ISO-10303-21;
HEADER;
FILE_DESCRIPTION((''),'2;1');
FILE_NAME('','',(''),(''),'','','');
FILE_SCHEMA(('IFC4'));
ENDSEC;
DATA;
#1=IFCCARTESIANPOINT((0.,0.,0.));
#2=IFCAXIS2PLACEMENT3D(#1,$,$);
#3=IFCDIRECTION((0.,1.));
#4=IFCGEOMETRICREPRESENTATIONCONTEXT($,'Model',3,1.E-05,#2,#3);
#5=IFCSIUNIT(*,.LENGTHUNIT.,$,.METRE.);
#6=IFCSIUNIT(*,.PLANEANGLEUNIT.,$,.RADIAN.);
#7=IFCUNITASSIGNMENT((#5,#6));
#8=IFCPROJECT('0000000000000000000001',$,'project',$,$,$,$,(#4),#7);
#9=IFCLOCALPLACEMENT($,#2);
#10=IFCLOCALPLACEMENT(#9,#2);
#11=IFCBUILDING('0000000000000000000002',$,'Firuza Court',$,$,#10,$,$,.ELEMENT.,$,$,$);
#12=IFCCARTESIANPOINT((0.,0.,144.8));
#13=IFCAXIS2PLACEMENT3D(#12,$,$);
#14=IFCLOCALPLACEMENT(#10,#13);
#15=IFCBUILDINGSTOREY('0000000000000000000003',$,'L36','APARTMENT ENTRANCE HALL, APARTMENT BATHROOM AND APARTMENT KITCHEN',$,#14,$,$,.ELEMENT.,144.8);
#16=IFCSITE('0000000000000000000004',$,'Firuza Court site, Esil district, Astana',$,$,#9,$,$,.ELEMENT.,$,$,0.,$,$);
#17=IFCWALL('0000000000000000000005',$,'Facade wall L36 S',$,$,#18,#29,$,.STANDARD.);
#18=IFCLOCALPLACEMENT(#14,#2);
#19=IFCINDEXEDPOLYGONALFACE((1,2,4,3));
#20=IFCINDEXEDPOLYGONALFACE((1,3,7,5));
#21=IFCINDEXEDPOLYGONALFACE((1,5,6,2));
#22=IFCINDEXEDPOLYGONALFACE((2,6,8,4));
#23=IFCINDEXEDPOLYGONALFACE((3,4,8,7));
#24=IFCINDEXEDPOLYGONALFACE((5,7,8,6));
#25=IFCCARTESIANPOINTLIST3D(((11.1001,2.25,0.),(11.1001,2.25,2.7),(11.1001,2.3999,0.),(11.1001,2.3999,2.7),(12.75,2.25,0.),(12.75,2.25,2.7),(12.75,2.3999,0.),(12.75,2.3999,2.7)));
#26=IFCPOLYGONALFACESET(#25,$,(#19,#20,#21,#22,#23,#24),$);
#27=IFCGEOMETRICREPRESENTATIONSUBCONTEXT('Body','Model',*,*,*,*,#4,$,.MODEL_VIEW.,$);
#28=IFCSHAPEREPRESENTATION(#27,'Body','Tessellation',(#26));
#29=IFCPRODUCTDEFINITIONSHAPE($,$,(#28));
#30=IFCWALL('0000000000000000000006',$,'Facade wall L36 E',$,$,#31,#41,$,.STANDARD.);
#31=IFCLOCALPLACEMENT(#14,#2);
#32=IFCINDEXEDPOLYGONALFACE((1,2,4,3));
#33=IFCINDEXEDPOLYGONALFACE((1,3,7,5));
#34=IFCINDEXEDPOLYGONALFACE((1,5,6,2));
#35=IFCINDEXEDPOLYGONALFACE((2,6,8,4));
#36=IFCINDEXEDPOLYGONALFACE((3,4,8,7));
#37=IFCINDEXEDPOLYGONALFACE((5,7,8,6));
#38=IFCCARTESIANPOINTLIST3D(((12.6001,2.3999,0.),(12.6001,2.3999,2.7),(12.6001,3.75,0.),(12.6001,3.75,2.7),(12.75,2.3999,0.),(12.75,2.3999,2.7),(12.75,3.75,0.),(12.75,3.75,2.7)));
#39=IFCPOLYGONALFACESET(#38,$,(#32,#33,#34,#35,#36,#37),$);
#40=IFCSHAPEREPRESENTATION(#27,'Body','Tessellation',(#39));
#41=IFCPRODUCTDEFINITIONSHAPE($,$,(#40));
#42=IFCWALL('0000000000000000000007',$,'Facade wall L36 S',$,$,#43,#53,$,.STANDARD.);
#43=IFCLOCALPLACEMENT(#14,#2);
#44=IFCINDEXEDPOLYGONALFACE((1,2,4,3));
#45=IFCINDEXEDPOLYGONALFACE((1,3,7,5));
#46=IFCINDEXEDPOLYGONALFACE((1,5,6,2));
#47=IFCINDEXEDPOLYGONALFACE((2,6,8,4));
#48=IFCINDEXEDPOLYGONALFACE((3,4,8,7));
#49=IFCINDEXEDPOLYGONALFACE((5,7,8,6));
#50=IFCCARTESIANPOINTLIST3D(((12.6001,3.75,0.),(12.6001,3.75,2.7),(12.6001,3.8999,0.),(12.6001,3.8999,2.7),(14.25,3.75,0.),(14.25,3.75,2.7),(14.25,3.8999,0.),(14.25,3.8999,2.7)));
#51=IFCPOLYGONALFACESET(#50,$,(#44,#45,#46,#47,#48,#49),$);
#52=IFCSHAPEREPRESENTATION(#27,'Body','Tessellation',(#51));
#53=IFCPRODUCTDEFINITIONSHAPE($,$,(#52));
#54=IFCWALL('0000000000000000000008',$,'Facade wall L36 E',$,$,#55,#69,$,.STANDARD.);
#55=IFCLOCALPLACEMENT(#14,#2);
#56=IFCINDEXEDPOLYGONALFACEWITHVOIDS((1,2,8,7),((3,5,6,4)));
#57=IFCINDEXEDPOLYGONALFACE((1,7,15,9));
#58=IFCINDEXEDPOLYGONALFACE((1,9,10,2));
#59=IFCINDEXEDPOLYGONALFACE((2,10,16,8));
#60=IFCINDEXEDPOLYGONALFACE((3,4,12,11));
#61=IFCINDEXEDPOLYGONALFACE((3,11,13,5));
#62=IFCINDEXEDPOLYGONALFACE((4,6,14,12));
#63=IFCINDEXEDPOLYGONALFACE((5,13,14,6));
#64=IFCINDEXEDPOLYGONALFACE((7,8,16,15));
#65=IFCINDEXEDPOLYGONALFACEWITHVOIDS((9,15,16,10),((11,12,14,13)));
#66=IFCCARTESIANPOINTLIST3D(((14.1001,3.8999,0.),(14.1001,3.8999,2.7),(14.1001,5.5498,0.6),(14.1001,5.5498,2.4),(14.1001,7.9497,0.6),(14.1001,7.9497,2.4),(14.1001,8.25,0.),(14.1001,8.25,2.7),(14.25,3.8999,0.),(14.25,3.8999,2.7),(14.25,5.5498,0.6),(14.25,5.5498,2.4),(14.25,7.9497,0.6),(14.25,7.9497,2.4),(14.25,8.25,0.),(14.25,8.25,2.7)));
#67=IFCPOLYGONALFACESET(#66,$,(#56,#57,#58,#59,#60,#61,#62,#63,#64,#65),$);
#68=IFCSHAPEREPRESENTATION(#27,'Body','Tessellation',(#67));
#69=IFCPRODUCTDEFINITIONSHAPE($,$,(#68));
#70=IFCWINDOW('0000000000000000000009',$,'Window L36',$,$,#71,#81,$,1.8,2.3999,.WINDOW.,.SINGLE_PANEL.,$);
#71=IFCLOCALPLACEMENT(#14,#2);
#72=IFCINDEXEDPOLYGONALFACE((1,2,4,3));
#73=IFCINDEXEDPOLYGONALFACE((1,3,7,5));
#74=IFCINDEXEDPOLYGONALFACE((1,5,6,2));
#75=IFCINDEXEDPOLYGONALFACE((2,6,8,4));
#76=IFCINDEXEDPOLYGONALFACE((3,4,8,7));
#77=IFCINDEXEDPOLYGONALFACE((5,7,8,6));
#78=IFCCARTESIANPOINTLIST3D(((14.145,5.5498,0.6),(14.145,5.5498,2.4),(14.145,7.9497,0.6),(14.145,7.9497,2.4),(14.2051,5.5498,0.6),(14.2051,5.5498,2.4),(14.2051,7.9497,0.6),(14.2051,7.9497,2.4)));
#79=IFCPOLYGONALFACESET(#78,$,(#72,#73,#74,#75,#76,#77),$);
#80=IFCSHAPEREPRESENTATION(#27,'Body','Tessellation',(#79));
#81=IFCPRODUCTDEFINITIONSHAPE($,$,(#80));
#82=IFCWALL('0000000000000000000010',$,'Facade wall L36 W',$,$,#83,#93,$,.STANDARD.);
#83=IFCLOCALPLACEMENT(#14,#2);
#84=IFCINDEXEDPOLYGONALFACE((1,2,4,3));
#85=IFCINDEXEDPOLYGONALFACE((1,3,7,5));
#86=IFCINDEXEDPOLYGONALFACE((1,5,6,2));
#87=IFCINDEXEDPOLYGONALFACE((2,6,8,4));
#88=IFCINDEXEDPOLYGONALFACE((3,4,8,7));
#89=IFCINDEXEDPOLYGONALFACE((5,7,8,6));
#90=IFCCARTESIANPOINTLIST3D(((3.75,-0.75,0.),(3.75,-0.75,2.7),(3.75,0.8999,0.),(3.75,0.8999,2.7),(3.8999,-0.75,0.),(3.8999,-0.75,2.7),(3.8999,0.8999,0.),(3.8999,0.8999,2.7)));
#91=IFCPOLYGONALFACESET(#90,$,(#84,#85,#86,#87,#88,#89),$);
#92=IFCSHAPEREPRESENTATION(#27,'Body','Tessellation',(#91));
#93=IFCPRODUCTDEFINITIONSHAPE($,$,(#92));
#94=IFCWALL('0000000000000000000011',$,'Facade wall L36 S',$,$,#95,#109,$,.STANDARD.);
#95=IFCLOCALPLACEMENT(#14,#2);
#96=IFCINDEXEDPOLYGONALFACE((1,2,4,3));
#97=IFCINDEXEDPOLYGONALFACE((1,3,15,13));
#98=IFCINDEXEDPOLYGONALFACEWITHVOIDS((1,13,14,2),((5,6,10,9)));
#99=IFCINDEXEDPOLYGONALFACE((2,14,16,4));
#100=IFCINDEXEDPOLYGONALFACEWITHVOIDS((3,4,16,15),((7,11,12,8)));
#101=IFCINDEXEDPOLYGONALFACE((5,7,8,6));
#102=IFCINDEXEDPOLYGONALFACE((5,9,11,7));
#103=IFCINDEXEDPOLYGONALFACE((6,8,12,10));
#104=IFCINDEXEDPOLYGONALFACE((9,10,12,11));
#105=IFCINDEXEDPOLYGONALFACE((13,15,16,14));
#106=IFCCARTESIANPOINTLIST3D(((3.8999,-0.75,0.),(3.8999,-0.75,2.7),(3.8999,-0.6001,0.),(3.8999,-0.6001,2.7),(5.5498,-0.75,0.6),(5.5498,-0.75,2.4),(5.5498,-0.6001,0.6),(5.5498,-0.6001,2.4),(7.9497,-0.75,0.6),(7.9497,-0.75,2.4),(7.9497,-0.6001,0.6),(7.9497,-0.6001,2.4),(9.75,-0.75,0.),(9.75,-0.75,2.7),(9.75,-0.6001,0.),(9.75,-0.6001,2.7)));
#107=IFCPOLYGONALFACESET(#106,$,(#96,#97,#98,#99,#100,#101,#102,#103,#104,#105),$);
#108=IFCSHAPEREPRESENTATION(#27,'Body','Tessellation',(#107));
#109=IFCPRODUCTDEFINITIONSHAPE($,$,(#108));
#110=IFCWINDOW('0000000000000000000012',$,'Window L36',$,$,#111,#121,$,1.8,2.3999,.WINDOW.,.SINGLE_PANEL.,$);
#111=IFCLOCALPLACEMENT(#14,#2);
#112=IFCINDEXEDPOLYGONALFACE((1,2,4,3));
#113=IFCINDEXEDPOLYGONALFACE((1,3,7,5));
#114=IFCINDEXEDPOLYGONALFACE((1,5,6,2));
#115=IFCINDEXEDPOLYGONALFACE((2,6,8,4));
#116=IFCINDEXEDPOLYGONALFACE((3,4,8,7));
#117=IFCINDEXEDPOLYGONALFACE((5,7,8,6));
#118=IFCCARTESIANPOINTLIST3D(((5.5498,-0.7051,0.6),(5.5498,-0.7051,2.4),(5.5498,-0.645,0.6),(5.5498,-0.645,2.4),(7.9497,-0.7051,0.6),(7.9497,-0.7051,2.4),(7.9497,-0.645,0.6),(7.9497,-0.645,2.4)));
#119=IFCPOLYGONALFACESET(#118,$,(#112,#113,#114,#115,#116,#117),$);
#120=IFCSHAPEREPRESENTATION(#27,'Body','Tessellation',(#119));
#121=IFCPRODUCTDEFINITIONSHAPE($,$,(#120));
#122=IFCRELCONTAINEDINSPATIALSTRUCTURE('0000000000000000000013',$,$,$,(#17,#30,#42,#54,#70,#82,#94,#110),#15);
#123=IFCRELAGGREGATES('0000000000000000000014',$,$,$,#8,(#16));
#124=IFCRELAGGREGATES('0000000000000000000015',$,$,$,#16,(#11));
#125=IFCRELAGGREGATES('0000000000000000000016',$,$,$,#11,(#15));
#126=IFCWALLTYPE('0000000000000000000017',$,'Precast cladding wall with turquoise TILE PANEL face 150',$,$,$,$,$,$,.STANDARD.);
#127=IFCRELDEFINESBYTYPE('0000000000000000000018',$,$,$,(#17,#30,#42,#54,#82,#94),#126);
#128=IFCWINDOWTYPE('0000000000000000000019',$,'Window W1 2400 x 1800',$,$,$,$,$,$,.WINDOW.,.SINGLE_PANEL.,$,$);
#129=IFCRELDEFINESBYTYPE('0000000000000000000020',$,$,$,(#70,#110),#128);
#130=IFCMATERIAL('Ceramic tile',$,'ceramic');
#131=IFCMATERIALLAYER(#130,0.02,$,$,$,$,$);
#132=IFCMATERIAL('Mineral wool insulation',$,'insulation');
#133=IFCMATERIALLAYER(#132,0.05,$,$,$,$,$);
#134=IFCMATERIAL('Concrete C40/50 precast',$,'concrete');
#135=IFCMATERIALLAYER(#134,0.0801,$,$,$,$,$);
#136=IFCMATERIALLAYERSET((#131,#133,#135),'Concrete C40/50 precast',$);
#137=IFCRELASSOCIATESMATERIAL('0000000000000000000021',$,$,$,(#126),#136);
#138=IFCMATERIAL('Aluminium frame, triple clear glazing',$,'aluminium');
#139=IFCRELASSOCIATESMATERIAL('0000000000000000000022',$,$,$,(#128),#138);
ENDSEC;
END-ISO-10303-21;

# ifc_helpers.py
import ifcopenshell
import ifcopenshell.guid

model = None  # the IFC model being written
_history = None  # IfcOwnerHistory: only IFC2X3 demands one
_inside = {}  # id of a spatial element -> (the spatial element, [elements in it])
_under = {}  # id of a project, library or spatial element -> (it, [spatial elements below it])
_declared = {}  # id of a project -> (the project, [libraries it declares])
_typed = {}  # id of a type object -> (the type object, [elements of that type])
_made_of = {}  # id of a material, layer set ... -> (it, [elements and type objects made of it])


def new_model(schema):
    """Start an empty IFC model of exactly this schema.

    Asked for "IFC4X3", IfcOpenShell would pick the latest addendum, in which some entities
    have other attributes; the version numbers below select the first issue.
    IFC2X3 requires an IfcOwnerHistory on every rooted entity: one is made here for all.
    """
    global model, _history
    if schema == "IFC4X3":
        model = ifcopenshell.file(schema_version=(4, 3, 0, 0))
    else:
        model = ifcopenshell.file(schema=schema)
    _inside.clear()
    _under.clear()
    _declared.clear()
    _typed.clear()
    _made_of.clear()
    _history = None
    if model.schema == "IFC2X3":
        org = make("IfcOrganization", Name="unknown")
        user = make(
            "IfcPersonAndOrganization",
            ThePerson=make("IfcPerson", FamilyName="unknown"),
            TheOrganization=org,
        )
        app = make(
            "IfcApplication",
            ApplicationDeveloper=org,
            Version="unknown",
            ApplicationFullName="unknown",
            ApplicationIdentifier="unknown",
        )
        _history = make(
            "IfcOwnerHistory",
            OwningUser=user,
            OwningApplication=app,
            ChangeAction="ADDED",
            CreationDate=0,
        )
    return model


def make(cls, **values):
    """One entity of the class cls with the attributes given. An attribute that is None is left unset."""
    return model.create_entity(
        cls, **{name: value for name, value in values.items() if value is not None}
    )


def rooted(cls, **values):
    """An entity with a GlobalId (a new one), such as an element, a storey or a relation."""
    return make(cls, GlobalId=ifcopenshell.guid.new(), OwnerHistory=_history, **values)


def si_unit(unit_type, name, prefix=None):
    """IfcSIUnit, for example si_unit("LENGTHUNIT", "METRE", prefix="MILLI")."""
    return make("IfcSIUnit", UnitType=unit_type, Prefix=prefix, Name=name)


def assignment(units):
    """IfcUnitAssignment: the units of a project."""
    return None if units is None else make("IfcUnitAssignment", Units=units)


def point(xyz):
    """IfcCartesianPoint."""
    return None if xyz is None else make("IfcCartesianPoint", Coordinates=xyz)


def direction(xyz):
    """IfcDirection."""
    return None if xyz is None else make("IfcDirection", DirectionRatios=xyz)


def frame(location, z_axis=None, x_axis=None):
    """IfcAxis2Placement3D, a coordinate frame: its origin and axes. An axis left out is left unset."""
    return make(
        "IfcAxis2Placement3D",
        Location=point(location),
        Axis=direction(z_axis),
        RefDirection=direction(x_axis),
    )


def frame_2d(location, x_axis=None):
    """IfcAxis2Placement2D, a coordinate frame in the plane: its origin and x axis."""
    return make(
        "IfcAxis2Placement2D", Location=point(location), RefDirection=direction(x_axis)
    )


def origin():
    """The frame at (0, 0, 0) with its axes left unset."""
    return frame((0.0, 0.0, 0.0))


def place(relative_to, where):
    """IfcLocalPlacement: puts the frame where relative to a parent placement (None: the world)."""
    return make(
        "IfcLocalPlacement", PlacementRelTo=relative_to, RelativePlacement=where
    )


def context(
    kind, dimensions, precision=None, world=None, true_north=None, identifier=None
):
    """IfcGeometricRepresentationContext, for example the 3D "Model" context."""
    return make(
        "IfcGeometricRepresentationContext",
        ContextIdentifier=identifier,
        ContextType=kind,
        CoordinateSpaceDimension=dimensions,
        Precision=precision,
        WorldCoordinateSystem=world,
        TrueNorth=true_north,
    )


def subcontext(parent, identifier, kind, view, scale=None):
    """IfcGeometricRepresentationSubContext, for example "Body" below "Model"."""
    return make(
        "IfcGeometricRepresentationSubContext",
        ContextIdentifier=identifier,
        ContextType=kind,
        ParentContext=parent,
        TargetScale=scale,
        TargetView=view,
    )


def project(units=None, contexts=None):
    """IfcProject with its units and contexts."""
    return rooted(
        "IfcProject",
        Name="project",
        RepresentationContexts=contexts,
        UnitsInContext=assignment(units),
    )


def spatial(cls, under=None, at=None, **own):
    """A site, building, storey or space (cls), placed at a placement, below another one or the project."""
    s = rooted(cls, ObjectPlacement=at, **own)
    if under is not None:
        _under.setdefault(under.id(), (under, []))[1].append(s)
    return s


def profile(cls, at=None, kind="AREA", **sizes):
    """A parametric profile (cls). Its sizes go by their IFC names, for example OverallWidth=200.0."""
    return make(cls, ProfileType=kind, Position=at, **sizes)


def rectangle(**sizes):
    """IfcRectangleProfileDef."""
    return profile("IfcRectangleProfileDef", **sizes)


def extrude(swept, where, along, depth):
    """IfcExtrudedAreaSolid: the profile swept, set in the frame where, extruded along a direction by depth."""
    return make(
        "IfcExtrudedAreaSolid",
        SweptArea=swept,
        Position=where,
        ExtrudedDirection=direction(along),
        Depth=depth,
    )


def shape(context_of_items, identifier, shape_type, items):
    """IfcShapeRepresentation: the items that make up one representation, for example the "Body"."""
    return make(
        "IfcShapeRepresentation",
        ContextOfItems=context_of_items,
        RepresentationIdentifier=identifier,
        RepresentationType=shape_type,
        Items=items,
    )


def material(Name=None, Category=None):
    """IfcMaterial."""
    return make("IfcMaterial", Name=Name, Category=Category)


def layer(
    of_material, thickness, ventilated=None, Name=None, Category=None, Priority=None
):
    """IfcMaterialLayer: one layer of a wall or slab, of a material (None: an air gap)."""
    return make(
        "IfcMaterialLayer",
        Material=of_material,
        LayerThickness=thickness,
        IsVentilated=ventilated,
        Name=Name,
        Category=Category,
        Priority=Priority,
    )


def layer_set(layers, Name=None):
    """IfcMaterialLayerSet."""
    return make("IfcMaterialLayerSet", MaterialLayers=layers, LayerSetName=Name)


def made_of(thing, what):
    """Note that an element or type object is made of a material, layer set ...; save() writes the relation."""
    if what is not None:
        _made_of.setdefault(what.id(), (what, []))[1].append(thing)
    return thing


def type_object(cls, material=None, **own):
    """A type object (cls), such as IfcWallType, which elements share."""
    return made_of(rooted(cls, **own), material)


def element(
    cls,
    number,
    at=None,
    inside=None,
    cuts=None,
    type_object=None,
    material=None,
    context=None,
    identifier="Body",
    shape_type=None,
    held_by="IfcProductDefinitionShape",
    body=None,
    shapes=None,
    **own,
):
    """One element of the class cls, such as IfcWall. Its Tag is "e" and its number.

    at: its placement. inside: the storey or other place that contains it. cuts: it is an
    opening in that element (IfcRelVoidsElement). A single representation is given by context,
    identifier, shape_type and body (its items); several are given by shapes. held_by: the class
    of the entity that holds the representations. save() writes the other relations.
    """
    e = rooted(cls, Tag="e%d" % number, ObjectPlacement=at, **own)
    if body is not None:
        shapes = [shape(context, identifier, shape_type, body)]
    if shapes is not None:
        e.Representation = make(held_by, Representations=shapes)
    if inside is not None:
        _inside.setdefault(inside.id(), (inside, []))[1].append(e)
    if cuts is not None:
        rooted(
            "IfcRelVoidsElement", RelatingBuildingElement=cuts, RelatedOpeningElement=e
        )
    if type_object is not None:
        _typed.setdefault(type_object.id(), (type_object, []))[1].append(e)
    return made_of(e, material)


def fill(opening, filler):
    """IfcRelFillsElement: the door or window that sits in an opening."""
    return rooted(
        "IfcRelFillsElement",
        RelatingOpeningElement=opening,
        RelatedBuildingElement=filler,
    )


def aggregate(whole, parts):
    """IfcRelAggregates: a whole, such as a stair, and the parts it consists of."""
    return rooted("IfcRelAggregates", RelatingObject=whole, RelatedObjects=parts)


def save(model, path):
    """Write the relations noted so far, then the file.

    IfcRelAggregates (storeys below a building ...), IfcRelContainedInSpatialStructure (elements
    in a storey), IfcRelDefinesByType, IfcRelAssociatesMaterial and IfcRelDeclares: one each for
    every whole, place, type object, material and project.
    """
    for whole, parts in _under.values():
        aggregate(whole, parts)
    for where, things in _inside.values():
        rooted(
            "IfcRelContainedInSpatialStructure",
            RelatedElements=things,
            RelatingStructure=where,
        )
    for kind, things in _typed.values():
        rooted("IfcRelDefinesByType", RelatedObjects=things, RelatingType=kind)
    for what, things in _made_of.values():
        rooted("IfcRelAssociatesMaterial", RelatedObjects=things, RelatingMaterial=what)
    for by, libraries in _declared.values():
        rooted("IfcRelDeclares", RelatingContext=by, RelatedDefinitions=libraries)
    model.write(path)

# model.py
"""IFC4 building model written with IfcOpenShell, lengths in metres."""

from ifc_helpers import new_model, si_unit, direction, frame, frame_2d, origin, place, context, subcontext, project, spatial, rectangle, extrude, material, layer, layer_set, type_object, element, fill, save


model = new_model("IFC4")

# Units and contexts
model_context = context("Model", 3, precision=1e-05, world=origin(), true_north=direction((0.0, 1.0)))
body_context = subcontext(model_context, "Body", "Model", "MODEL_VIEW")
ifc_project = project(units=[si_unit("LENGTHUNIT", "METRE"), si_unit("PLANEANGLEUNIT", "RADIAN")], contexts=[model_context])

# Site, building, storey
site_placement = place(None, origin())
site = spatial("IfcSite", under=ifc_project, at=site_placement, Name="Firuza Court site, Esil district, Astana", CompositionType="ELEMENT", RefElevation=0.0)
building_placement = place(site_placement, origin())
building = spatial("IfcBuilding", under=site, at=building_placement, Name="Firuza Court", CompositionType="ELEMENT")
storey_placement = place(building_placement, frame((0.0, 0.0, 144.8)))
storey = spatial("IfcBuildingStorey", under=building, at=storey_placement, Name="L36", Description="APARTMENT ENTRANCE HALL, APARTMENT BATHROOM AND APARTMENT KITCHEN", CompositionType="ELEMENT", Elevation=144.8)

# Walls
ifc_material_1 = material(Name="Ceramic tile", Category="ceramic")
ifc_layer_1 = layer(ifc_material_1, 0.02)
ifc_material_2 = material(Name="Mineral wool insulation", Category="insulation")
ifc_layer_2 = layer(ifc_material_2, 0.05)
ifc_material_3 = material(Name="Concrete C40/50 precast", Category="concrete")
ifc_layer_3 = layer(ifc_material_3, 0.0801)
ifc_layer_set_1 = layer_set([ifc_layer_1, ifc_layer_2, ifc_layer_3], Name="Concrete C40/50 precast")
wall_type_1 = type_object("IfcWallType", Name="Precast cladding wall with turquoise TILE PANEL face 150", PredefinedType="STANDARD", material=ifc_layer_set_1)
wall_1_placement = place(storey_placement, frame((11.1001, 2.325, 0.0), z_axis=(0.0, 0.0, 1.0), x_axis=(1.0, 0.0, 0.0)))
element("IfcWall", 1, at=wall_1_placement, inside=storey, type_object=wall_type_1, Name="Facade wall L36 S", PredefinedType="STANDARD", context=body_context, shape_type="SweptSolid", body=[
    extrude(rectangle(XDim=1.6499, YDim=0.1499, at=frame_2d((0.825, 0.0))), origin(), (0.0, 0.0, 1.0), 2.7),
])
wall_2_placement = place(storey_placement, frame((12.675, 2.3999, 0.0), z_axis=(0.0, 0.0, 1.0), x_axis=(0.0, 1.0, 0.0)))
element("IfcWall", 2, at=wall_2_placement, inside=storey, type_object=wall_type_1, Name="Facade wall L36 E", PredefinedType="STANDARD", context=body_context, shape_type="SweptSolid", body=[
    extrude(rectangle(XDim=1.3501, YDim=0.1499, at=frame_2d((0.675, 0.0))), origin(), (0.0, 0.0, 1.0), 2.7),
])
wall_3_placement = place(storey_placement, frame((12.6001, 3.825, 0.0), z_axis=(0.0, 0.0, 1.0), x_axis=(1.0, 0.0, 0.0)))
element("IfcWall", 3, at=wall_3_placement, inside=storey, type_object=wall_type_1, Name="Facade wall L36 S", PredefinedType="STANDARD", context=body_context, shape_type="SweptSolid", body=[
    extrude(rectangle(XDim=1.6499, YDim=0.1499, at=frame_2d((0.825, 0.0))), origin(), (0.0, 0.0, 1.0), 2.7),
])

# Wall, opening, window
wall_4_placement = place(storey_placement, frame((14.175, 3.8999, 0.0), z_axis=(0.0, 0.0, 1.0), x_axis=(0.0, 1.0, 0.0)))
wall_4 = element("IfcWall", 4, at=wall_4_placement, inside=storey, type_object=wall_type_1, Name="Facade wall L36 E", PredefinedType="STANDARD", context=body_context, shape_type="SweptSolid", body=[
    extrude(rectangle(XDim=4.3501, YDim=0.1499, at=frame_2d((2.175, 0.0))), origin(), (0.0, 0.0, 1.0), 2.7),
])
opening_1_placement = place(wall_4_placement, frame((1.6499, 0.0, 0.6001)))
opening_1 = element("IfcOpeningElement", 5, at=opening_1_placement, cuts=wall_4, PredefinedType="OPENING", context=body_context, shape_type="SweptSolid", body=[
    extrude(rectangle(XDim=2.3999, YDim=1.8, at=frame_2d((1.2, 0.8999))), frame((0.0, 0.0869, 0.0), z_axis=(0.0, -1.0, 0.0), x_axis=(1.0, 0.0, 0.0)), (0.0, 0.0, 1.0), 0.1738),
])
ifc_material_4 = material(Name="Aluminium frame, triple clear glazing", Category="aluminium")
window_type = type_object("IfcWindowType", Name="Window W1 2400 x 1800", PartitioningType="SINGLE_PANEL", PredefinedType="WINDOW", material=ifc_material_4)
window_1_placement = place(opening_1_placement, origin())
window_1 = element("IfcWindow", 6, at=window_1_placement, inside=storey, type_object=window_type, Name="Window L36", OverallHeight=1.8, OverallWidth=2.3999, PartitioningType="SINGLE_PANEL", PredefinedType="WINDOW", context=body_context, shape_type="SweptSolid", body=[
    extrude(rectangle(XDim=2.3999, YDim=1.8, at=frame_2d((1.2, 0.8999))), frame((0.0, 0.03, 0.0), z_axis=(0.0, -1.0, 0.0), x_axis=(1.0, 0.0, 0.0)), (0.0, 0.0, 1.0), 0.0601),
])
fill(opening_1, window_1)

# Wall
wall_5_placement = place(storey_placement, frame((3.825, 0.8999, 0.0), z_axis=(0.0, 0.0, 1.0), x_axis=(0.0, -1.0, 0.0)))
element("IfcWall", 7, at=wall_5_placement, inside=storey, type_object=wall_type_1, Name="Facade wall L36 W", PredefinedType="STANDARD", context=body_context, shape_type="SweptSolid", body=[
    extrude(rectangle(XDim=1.6499, YDim=0.1499, at=frame_2d((0.825, 0.0))), origin(), (0.0, 0.0, 1.0), 2.7),
])

# Wall, opening, window
wall_6_placement = place(storey_placement, frame((3.8999, -0.675, 0.0), z_axis=(0.0, 0.0, 1.0), x_axis=(1.0, 0.0, 0.0)))
wall_6 = element("IfcWall", 8, at=wall_6_placement, inside=storey, type_object=wall_type_1, Name="Facade wall L36 S", PredefinedType="STANDARD", context=body_context, shape_type="SweptSolid", body=[
    extrude(rectangle(XDim=5.8501, YDim=0.1499, at=frame_2d((2.925, 0.0))), origin(), (0.0, 0.0, 1.0), 2.7),
])
opening_2_placement = place(wall_6_placement, frame((1.6499, 0.0, 0.6001)))
opening_2 = element("IfcOpeningElement", 9, at=opening_2_placement, cuts=wall_6, PredefinedType="OPENING", context=body_context, shape_type="SweptSolid", body=[
    extrude(rectangle(XDim=2.3999, YDim=1.8, at=frame_2d((1.2, 0.8999))), frame((0.0, 0.0869, 0.0), z_axis=(0.0, -1.0, 0.0), x_axis=(1.0, 0.0, 0.0)), (0.0, 0.0, 1.0), 0.1738),
])
window_2_placement = place(opening_2_placement, origin())
window_2 = element("IfcWindow", 10, at=window_2_placement, inside=storey, type_object=window_type, Name="Window L36", OverallHeight=1.8, OverallWidth=2.3999, PartitioningType="SINGLE_PANEL", PredefinedType="WINDOW", context=body_context, shape_type="SweptSolid", body=[
    extrude(rectangle(XDim=2.3999, YDim=1.8, at=frame_2d((1.2, 0.8999))), frame((0.0, 0.03, 0.0), z_axis=(0.0, -1.0, 0.0), x_axis=(1.0, 0.0, 0.0)), (0.0, 0.0, 1.0), 0.0601),
])
fill(opening_2, window_2)

save(model, "model.ifc")
